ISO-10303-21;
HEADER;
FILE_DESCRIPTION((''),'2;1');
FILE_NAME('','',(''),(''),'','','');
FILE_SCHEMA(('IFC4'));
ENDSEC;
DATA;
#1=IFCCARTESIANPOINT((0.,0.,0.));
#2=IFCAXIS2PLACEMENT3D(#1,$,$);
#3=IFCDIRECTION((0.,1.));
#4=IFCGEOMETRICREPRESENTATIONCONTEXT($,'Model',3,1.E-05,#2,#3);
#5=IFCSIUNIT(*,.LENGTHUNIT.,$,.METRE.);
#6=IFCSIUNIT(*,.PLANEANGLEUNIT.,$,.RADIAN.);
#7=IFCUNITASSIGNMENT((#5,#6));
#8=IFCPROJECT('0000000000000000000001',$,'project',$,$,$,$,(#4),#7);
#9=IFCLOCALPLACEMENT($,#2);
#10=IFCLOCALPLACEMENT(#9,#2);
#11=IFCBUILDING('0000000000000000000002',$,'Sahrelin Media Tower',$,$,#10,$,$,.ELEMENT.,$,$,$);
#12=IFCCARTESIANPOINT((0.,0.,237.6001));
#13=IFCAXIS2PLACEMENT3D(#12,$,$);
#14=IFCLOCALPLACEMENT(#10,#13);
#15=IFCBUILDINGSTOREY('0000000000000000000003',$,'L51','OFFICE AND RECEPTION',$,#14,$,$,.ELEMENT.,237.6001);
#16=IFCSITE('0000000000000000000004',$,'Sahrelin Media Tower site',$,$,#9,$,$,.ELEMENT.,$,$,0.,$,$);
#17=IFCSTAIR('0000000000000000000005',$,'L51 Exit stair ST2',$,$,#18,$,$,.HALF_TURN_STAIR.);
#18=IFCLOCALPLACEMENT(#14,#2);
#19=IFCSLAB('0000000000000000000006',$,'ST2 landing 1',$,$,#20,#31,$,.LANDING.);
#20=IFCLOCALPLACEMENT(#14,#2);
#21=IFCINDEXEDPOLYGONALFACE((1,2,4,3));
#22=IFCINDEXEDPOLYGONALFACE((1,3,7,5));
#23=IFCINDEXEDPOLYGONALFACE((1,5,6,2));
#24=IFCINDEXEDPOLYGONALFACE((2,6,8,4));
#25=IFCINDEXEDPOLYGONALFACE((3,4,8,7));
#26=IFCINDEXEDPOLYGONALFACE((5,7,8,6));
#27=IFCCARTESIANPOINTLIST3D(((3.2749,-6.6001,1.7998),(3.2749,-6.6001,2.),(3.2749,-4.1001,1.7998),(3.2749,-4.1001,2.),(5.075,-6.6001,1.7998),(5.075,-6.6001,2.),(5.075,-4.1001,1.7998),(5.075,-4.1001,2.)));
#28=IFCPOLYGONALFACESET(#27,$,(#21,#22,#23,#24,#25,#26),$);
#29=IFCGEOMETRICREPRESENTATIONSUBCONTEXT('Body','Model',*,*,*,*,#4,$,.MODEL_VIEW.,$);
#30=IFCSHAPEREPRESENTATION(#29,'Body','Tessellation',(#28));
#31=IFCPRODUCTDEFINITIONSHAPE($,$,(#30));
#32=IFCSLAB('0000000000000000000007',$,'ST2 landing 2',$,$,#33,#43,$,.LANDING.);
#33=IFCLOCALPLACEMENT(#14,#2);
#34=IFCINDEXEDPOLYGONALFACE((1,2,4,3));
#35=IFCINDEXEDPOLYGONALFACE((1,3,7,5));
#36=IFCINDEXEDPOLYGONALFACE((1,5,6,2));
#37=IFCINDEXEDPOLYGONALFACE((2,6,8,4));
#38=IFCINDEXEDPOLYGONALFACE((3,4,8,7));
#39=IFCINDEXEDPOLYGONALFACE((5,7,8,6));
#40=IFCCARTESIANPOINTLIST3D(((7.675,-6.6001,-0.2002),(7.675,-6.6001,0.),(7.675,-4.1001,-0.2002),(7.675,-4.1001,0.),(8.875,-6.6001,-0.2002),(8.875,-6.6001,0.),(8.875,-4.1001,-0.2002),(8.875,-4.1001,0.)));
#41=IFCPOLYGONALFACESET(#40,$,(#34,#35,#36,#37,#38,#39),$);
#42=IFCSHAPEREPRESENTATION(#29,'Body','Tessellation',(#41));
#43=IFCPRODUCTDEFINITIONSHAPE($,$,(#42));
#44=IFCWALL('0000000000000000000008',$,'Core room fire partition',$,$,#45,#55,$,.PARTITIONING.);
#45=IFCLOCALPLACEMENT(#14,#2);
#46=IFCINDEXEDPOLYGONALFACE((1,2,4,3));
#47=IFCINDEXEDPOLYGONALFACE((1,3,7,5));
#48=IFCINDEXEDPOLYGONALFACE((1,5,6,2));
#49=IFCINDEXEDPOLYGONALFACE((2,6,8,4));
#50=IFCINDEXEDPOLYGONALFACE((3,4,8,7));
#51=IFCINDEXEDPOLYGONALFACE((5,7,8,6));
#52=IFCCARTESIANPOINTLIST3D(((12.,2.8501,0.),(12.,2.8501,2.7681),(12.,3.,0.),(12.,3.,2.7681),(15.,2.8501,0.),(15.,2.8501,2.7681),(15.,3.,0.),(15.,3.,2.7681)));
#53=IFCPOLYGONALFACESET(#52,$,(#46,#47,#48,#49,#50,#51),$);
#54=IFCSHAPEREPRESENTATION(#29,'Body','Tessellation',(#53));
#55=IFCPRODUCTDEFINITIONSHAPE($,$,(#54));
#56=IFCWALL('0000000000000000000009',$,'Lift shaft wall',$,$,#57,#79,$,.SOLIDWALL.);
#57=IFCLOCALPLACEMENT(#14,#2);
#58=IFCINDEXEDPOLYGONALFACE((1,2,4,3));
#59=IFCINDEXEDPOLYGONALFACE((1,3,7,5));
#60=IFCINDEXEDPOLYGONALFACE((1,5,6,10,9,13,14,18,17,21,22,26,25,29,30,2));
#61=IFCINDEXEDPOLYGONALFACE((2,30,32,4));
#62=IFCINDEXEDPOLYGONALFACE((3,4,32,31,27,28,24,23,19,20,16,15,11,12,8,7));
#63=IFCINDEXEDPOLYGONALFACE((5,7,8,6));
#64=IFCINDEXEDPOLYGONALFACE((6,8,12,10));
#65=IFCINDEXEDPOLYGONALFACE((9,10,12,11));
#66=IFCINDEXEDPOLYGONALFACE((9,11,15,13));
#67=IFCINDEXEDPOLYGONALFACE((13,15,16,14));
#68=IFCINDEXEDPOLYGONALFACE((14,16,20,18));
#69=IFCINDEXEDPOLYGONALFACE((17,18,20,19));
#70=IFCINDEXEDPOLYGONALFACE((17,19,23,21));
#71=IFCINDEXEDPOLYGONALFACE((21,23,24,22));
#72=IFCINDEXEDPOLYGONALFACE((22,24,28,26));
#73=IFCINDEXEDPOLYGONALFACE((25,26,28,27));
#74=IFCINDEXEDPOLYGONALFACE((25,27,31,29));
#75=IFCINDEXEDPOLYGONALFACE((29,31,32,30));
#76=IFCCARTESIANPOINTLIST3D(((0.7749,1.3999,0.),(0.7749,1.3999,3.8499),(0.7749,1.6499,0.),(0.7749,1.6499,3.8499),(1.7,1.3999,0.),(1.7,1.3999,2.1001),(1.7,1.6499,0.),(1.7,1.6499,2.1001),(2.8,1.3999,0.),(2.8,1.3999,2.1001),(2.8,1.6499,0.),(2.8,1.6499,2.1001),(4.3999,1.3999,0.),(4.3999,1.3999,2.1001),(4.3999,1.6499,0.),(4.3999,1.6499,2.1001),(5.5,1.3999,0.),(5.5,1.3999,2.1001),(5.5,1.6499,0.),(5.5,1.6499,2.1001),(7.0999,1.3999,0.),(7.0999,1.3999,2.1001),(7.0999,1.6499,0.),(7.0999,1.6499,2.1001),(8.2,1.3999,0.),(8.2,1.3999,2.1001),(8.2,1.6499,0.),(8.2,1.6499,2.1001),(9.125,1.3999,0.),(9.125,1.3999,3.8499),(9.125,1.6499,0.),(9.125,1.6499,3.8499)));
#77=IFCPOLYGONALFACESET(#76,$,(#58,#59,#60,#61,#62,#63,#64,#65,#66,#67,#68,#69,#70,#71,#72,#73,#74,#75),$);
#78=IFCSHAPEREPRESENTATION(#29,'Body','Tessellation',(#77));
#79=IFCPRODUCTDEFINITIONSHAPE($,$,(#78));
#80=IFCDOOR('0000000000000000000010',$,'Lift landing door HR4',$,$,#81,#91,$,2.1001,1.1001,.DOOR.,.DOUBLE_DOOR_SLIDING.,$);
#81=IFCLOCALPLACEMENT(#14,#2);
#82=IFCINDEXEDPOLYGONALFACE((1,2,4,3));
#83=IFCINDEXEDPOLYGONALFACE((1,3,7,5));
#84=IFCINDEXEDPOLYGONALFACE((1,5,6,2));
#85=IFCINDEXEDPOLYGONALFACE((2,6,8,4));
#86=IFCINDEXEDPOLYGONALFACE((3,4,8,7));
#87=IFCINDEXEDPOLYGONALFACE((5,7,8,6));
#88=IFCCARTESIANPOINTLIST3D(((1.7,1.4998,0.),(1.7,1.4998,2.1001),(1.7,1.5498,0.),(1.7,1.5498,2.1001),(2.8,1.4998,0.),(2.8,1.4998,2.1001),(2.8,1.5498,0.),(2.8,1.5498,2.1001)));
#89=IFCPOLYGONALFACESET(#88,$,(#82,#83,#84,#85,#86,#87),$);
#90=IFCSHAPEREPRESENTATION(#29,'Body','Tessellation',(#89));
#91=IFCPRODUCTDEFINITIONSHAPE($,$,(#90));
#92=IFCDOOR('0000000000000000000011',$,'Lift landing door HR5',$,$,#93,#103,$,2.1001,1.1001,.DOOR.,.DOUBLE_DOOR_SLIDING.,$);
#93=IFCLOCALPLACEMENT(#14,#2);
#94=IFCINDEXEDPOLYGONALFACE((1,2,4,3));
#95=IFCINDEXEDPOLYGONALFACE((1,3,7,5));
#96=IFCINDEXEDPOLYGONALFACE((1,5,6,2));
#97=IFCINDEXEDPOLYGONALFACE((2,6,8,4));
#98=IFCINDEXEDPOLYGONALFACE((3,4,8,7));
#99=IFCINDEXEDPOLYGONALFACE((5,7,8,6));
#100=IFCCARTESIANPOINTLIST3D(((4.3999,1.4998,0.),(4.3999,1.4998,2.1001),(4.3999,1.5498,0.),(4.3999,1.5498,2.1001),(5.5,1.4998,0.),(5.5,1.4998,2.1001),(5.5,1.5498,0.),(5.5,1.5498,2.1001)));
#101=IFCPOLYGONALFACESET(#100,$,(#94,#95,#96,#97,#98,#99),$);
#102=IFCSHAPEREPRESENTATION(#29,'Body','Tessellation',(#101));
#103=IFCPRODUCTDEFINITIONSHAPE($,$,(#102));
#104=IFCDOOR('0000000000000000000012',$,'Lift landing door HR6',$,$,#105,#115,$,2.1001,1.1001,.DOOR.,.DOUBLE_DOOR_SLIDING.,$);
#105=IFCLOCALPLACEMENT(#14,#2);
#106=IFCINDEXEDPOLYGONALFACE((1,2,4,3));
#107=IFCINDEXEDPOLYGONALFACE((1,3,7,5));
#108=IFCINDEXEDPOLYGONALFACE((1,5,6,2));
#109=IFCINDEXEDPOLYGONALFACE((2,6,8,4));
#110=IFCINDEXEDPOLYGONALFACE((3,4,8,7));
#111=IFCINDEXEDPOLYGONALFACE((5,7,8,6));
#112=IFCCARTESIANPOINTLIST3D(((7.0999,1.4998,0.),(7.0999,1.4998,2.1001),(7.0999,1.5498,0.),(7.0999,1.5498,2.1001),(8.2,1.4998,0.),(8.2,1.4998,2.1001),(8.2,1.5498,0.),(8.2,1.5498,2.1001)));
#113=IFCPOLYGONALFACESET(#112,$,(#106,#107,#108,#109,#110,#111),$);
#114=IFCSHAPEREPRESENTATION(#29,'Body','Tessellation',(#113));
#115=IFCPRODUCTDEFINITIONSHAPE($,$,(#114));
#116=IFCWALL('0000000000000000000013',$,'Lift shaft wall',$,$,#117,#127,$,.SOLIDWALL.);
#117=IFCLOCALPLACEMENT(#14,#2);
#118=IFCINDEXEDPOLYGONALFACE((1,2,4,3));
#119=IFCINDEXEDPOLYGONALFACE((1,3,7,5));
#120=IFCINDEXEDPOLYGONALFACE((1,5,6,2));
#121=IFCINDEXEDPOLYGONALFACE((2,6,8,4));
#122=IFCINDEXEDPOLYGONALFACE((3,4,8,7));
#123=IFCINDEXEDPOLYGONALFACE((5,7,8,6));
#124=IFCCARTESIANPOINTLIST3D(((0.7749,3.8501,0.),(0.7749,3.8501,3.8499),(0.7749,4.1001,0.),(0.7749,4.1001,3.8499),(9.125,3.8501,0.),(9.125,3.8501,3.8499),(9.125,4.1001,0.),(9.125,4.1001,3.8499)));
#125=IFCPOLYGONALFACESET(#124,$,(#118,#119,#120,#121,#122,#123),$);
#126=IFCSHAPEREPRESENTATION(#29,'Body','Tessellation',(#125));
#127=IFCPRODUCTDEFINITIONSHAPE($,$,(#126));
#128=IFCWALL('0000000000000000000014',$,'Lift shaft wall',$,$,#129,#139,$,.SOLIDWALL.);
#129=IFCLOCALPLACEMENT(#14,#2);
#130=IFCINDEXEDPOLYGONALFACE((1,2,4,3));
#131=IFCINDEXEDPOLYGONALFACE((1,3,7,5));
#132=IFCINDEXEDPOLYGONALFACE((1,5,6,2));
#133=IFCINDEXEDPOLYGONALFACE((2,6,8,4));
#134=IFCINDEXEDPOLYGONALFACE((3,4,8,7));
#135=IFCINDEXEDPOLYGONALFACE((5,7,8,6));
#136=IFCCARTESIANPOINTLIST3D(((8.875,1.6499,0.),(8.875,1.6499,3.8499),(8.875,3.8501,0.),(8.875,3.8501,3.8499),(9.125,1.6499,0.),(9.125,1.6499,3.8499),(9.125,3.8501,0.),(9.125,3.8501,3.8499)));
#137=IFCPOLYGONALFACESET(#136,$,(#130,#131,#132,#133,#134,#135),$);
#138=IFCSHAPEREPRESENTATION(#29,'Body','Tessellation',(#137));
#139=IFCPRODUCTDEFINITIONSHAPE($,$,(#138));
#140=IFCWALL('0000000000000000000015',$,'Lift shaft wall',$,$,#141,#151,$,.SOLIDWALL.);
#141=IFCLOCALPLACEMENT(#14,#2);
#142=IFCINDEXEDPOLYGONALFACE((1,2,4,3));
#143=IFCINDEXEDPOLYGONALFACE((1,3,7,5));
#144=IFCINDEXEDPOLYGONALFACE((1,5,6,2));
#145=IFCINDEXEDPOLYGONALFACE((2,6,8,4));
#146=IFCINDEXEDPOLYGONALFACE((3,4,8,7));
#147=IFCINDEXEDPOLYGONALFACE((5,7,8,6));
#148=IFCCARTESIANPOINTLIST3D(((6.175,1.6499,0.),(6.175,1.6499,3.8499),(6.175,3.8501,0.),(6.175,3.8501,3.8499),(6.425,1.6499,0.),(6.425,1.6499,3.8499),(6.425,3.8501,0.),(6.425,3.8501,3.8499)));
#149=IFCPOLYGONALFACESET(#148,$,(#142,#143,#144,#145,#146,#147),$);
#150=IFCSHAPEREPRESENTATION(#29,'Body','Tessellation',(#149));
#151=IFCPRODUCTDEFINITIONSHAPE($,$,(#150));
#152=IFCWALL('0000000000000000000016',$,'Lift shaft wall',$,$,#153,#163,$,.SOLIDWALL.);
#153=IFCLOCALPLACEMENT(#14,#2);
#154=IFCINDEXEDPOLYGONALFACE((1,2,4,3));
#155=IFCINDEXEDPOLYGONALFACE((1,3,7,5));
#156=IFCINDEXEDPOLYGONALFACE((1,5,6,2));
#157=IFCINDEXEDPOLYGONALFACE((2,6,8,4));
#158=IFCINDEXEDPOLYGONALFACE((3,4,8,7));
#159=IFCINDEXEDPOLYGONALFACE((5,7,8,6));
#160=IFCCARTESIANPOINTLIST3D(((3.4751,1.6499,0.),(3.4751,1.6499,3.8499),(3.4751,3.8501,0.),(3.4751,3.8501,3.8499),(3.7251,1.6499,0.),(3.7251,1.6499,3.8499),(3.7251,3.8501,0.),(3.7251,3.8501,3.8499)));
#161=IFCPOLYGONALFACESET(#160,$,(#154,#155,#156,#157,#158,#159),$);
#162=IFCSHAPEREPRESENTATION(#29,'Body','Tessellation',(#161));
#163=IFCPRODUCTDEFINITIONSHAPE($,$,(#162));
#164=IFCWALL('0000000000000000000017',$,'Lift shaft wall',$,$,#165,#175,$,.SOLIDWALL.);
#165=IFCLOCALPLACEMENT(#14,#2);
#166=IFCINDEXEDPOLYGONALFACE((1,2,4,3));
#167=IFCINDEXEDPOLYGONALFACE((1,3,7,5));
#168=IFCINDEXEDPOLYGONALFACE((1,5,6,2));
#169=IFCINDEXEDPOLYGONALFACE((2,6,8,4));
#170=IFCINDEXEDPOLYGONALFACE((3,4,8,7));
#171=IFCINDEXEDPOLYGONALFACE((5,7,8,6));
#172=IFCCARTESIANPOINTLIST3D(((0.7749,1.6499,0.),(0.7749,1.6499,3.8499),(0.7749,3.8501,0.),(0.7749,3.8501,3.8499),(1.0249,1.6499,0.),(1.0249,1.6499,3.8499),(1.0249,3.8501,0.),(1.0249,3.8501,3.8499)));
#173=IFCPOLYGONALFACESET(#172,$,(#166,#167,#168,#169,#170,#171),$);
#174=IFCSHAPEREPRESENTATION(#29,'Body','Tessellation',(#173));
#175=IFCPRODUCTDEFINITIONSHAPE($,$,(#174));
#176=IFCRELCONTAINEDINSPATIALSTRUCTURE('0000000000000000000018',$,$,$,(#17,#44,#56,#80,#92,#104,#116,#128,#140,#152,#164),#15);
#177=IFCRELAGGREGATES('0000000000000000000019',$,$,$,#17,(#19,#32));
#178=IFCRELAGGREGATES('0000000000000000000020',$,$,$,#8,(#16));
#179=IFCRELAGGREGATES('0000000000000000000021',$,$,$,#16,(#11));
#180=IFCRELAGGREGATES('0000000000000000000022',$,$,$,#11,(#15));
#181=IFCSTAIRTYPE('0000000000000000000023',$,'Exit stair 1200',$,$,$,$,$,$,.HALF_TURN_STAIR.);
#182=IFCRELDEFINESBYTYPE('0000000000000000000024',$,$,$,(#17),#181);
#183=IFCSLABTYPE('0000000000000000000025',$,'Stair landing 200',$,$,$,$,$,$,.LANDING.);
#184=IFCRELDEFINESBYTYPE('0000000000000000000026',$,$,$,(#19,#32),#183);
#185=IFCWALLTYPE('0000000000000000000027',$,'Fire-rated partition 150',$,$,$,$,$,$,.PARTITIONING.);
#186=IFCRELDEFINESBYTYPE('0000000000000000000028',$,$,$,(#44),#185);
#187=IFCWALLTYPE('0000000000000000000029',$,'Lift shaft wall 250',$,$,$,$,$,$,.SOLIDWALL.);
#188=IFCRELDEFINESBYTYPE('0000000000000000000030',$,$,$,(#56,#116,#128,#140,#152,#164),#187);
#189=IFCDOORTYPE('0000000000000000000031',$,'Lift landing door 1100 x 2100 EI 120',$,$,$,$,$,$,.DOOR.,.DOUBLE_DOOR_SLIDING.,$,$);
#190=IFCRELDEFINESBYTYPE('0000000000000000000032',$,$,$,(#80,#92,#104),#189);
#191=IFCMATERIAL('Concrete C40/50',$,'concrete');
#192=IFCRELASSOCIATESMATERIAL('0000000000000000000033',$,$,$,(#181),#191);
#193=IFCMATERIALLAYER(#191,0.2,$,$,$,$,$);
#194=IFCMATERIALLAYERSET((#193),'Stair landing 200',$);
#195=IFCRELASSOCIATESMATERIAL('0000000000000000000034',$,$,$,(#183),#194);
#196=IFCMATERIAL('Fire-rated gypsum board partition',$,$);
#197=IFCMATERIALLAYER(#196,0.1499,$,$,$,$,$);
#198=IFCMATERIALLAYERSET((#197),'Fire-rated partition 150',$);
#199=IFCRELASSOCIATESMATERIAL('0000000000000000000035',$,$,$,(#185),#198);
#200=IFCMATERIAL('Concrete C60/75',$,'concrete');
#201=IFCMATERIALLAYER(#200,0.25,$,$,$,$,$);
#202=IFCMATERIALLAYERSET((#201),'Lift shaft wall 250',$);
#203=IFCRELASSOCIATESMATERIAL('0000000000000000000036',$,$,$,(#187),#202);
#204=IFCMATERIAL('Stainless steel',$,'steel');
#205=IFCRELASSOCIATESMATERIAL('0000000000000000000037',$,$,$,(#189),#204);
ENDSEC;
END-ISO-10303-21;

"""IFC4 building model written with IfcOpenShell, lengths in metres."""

from ifc_helpers import new_model, si_unit, direction, frame, frame_2d, origin, place, context, subcontext, project, spatial, polyline, rectangle, outline, extrude, material, layer, layer_set, type_object, element, fill, aggregate, save


model = new_model("IFC4")

# Units and contexts
model_context = context("Model", 3, precision=1e-05, world=origin(), true_north=direction((0.0, 1.0)))
body_context = subcontext(model_context, "Body", "Model", "MODEL_VIEW")
ifc_project = project(units=[si_unit("LENGTHUNIT", "METRE"), si_unit("PLANEANGLEUNIT", "RADIAN")], contexts=[model_context])

# Site, building, storey
site_placement = place(None, origin())
site = spatial("IfcSite", under=ifc_project, at=site_placement, Name="Sahrelin Media Tower site", CompositionType="ELEMENT", RefElevation=0.0)
building_placement = place(site_placement, origin())
building = spatial("IfcBuilding", under=site, at=building_placement, Name="Sahrelin Media Tower", CompositionType="ELEMENT")
storey_placement = place(building_placement, frame((0.0, 0.0, 237.6001)))
storey = spatial("IfcBuildingStorey", under=building, at=storey_placement, Name="L51", Description="OFFICE AND RECEPTION", CompositionType="ELEMENT", Elevation=237.6001)

# Shared definitions
ifc_material_1 = material(Name="Concrete C40/50", Category="concrete")

# Stair, slabs
stair_type = type_object("IfcStairType", Name="Exit stair 1200", PredefinedType="HALF_TURN_STAIR", material=ifc_material_1)
placement_1 = place(storey_placement, origin())
ifc_layer_1 = layer(ifc_material_1, 0.2)
ifc_layer_set_1 = layer_set([ifc_layer_1], Name="Stair landing 200")
slab_type_1 = type_object("IfcSlabType", Name="Stair landing 200", PredefinedType="LANDING", material=ifc_layer_set_1)
placement_2 = place(storey_placement, frame((0.0, 0.0, 1.7998)))
placement_3 = place(storey_placement, frame((0.0, 0.0, -0.2002)))
stair_1 = element("IfcStair", 1, at=placement_1, inside=storey, type_object=stair_type, Name="L51 Exit stair ST2", PredefinedType="HALF_TURN_STAIR")
slab_1 = element("IfcSlab", 2, at=placement_2, type_object=slab_type_1, Name="ST2 landing 1", PredefinedType="LANDING", context=body_context, shape_type="SweptSolid", body=[
    extrude(outline(polyline([(5.075, -4.1001), (3.2749, -4.1001), (3.2749, -6.6001), (5.075, -6.6001), (5.075, -4.1001)])), origin(), (0.0, 0.0, 1.0), 0.2002),
])
slab_2 = element("IfcSlab", 3, at=placement_3, type_object=slab_type_1, Name="ST2 landing 2", PredefinedType="LANDING", context=body_context, shape_type="SweptSolid", body=[
    extrude(outline(polyline([(8.875, -4.1001), (7.675, -4.1001), (7.675, -6.6001), (8.875, -6.6001), (8.875, -4.1001)])), origin(), (0.0, 0.0, 1.0), 0.2002),
])
aggregate(stair_1, [slab_1, slab_2])

# Wall
ifc_material_2 = material(Name="Fire-rated gypsum board partition")
ifc_layer_2 = layer(ifc_material_2, 0.1499)
ifc_layer_set_2 = layer_set([ifc_layer_2], Name="Fire-rated partition 150")
wall_type_1 = type_object("IfcWallType", Name="Fire-rated partition 150", PredefinedType="PARTITIONING", material=ifc_layer_set_2)
wall_1_placement = place(storey_placement, frame((12.0, 2.925, 0.0), z_axis=(0.0, 0.0, 1.0), x_axis=(1.0, 0.0, 0.0)))
element("IfcWall", 4, at=wall_1_placement, inside=storey, type_object=wall_type_1, Name="Core room fire partition", PredefinedType="PARTITIONING", context=body_context, shape_type="SweptSolid", body=[
    extrude(rectangle(XDim=3.0, YDim=0.1499, at=frame_2d((1.5, 0.0))), origin(), (0.0, 0.0, 1.0), 2.7681),
])

# Wall, openings, doors
ifc_material_3 = material(Name="Concrete C60/75", Category="concrete")
ifc_layer_3 = layer(ifc_material_3, 0.25)
ifc_layer_set_3 = layer_set([ifc_layer_3], Name="Lift shaft wall 250")
wall_type_2 = type_object("IfcWallType", Name="Lift shaft wall 250", PredefinedType="SOLIDWALL", material=ifc_layer_set_3)
wall_2_placement = place(storey_placement, frame((0.7749, 1.5249, 0.0), z_axis=(0.0, 0.0, 1.0), x_axis=(1.0, 0.0, 0.0)))
wall_2 = element("IfcWall", 5, at=wall_2_placement, inside=storey, type_object=wall_type_2, Name="Lift shaft wall", PredefinedType="SOLIDWALL", context=body_context, shape_type="SweptSolid", body=[
    extrude(rectangle(XDim=8.3501, YDim=0.25, at=frame_2d((4.175, 0.0))), origin(), (0.0, 0.0, 1.0), 3.8499),
])
opening_1_placement = place(wall_2_placement, frame((0.925, 0.0, 0.0)))
opening_1 = element("IfcOpeningElement", 6, at=opening_1_placement, cuts=wall_2, PredefinedType="OPENING", context=body_context, shape_type="SweptSolid", body=[
    extrude(rectangle(XDim=1.1001, YDim=2.1001, at=frame_2d((0.55, 1.05))), frame((0.0, 0.125, 0.0), z_axis=(0.0, -1.0, 0.0), x_axis=(1.0, 0.0, 0.0)), (0.0, 0.0, 1.0), 0.25),
])
opening_2_placement = place(wall_2_placement, frame((3.625, 0.0, 0.0)))
opening_2 = element("IfcOpeningElement", 7, at=opening_2_placement, cuts=wall_2, PredefinedType="OPENING", context=body_context, shape_type="SweptSolid", body=[
    extrude(rectangle(XDim=1.1001, YDim=2.1001, at=frame_2d((0.55, 1.05))), frame((0.0, 0.125, 0.0), z_axis=(0.0, -1.0, 0.0), x_axis=(1.0, 0.0, 0.0)), (0.0, 0.0, 1.0), 0.25),
])
opening_3_placement = place(wall_2_placement, frame((6.325, 0.0, 0.0)))
opening_3 = element("IfcOpeningElement", 8, at=opening_3_placement, cuts=wall_2, PredefinedType="OPENING", context=body_context, shape_type="SweptSolid", body=[
    extrude(rectangle(XDim=1.1001, YDim=2.1001, at=frame_2d((0.55, 1.05))), frame((0.0, 0.125, 0.0), z_axis=(0.0, -1.0, 0.0), x_axis=(1.0, 0.0, 0.0)), (0.0, 0.0, 1.0), 0.25),
])
ifc_material_4 = material(Name="Stainless steel", Category="steel")
door_type_1 = type_object("IfcDoorType", Name="Lift landing door 1100 x 2100 EI 120", OperationType="DOUBLE_DOOR_SLIDING", PredefinedType="DOOR", material=ifc_material_4)
door_1_placement = place(opening_1_placement, origin())
door_1 = element("IfcDoor", 9, at=door_1_placement, inside=storey, type_object=door_type_1, Name="Lift landing door HR4", OperationType="DOUBLE_DOOR_SLIDING", OverallHeight=2.1001, OverallWidth=1.1001, PredefinedType="DOOR", context=body_context, shape_type="SweptSolid", body=[
    extrude(rectangle(XDim=1.1001, YDim=2.1001, at=frame_2d((0.55, 1.05))), frame((0.0, 0.0249, 0.0), z_axis=(0.0, -1.0, 0.0), x_axis=(1.0, 0.0, 0.0)), (0.0, 0.0, 1.0), 0.05),
])
fill(opening_1, door_1)
door_2_placement = place(opening_2_placement, origin())
door_2 = element("IfcDoor", 10, at=door_2_placement, inside=storey, type_object=door_type_1, Name="Lift landing door HR5", OperationType="DOUBLE_DOOR_SLIDING", OverallHeight=2.1001, OverallWidth=1.1001, PredefinedType="DOOR", context=body_context, shape_type="SweptSolid", body=[
    extrude(rectangle(XDim=1.1001, YDim=2.1001, at=frame_2d((0.55, 1.05))), frame((0.0, 0.0249, 0.0), z_axis=(0.0, -1.0, 0.0), x_axis=(1.0, 0.0, 0.0)), (0.0, 0.0, 1.0), 0.05),
])
fill(opening_2, door_2)
door_3_placement = place(opening_3_placement, origin())
door_3 = element("IfcDoor", 11, at=door_3_placement, inside=storey, type_object=door_type_1, Name="Lift landing door HR6", OperationType="DOUBLE_DOOR_SLIDING", OverallHeight=2.1001, OverallWidth=1.1001, PredefinedType="DOOR", context=body_context, shape_type="SweptSolid", body=[
    extrude(rectangle(XDim=1.1001, YDim=2.1001, at=frame_2d((0.55, 1.05))), frame((0.0, 0.0249, 0.0), z_axis=(0.0, -1.0, 0.0), x_axis=(1.0, 0.0, 0.0)), (0.0, 0.0, 1.0), 0.05),
])
fill(opening_3, door_3)

# Walls
wall_3_placement = place(storey_placement, frame((0.7749, 3.9751, 0.0), z_axis=(0.0, 0.0, 1.0), x_axis=(1.0, 0.0, 0.0)))
element("IfcWall", 12, at=wall_3_placement, inside=storey, type_object=wall_type_2, Name="Lift shaft wall", PredefinedType="SOLIDWALL", context=body_context, shape_type="SweptSolid", body=[
    extrude(rectangle(XDim=8.3501, YDim=0.25, at=frame_2d((4.175, 0.0))), origin(), (0.0, 0.0, 1.0), 3.8499),
])
for number, where, z_axis, x_axis, name in (
    (13, (9.0, 1.6499, 0.0), (0.0, 0.0, 1.0), (0.0, 1.0, 0.0), "Lift shaft wall"),
    (14, (6.3, 1.6499, 0.0), (0.0, 0.0, 1.0), (0.0, 1.0, 0.0), "Lift shaft wall"),
    (15, (3.6001, 1.6499, 0.0), (0.0, 0.0, 1.0), (0.0, 1.0, 0.0), "Lift shaft wall"),
    (16, (0.8999, 1.6499, 0.0), (0.0, 0.0, 1.0), (0.0, 1.0, 0.0), "Lift shaft wall"),
):
    element("IfcWall", number, at=place(storey_placement, frame(where, z_axis=z_axis, x_axis=x_axis)), inside=storey, type_object=wall_type_2, Name=name, PredefinedType="SOLIDWALL", context=body_context, shape_type="SweptSolid", body=[
        extrude(rectangle(XDim=2.2002, YDim=0.25, at=frame_2d((1.1001, 0.0))), origin(), (0.0, 0.0, 1.0), 3.8499),
    ])

save(model, "model.ifc")
